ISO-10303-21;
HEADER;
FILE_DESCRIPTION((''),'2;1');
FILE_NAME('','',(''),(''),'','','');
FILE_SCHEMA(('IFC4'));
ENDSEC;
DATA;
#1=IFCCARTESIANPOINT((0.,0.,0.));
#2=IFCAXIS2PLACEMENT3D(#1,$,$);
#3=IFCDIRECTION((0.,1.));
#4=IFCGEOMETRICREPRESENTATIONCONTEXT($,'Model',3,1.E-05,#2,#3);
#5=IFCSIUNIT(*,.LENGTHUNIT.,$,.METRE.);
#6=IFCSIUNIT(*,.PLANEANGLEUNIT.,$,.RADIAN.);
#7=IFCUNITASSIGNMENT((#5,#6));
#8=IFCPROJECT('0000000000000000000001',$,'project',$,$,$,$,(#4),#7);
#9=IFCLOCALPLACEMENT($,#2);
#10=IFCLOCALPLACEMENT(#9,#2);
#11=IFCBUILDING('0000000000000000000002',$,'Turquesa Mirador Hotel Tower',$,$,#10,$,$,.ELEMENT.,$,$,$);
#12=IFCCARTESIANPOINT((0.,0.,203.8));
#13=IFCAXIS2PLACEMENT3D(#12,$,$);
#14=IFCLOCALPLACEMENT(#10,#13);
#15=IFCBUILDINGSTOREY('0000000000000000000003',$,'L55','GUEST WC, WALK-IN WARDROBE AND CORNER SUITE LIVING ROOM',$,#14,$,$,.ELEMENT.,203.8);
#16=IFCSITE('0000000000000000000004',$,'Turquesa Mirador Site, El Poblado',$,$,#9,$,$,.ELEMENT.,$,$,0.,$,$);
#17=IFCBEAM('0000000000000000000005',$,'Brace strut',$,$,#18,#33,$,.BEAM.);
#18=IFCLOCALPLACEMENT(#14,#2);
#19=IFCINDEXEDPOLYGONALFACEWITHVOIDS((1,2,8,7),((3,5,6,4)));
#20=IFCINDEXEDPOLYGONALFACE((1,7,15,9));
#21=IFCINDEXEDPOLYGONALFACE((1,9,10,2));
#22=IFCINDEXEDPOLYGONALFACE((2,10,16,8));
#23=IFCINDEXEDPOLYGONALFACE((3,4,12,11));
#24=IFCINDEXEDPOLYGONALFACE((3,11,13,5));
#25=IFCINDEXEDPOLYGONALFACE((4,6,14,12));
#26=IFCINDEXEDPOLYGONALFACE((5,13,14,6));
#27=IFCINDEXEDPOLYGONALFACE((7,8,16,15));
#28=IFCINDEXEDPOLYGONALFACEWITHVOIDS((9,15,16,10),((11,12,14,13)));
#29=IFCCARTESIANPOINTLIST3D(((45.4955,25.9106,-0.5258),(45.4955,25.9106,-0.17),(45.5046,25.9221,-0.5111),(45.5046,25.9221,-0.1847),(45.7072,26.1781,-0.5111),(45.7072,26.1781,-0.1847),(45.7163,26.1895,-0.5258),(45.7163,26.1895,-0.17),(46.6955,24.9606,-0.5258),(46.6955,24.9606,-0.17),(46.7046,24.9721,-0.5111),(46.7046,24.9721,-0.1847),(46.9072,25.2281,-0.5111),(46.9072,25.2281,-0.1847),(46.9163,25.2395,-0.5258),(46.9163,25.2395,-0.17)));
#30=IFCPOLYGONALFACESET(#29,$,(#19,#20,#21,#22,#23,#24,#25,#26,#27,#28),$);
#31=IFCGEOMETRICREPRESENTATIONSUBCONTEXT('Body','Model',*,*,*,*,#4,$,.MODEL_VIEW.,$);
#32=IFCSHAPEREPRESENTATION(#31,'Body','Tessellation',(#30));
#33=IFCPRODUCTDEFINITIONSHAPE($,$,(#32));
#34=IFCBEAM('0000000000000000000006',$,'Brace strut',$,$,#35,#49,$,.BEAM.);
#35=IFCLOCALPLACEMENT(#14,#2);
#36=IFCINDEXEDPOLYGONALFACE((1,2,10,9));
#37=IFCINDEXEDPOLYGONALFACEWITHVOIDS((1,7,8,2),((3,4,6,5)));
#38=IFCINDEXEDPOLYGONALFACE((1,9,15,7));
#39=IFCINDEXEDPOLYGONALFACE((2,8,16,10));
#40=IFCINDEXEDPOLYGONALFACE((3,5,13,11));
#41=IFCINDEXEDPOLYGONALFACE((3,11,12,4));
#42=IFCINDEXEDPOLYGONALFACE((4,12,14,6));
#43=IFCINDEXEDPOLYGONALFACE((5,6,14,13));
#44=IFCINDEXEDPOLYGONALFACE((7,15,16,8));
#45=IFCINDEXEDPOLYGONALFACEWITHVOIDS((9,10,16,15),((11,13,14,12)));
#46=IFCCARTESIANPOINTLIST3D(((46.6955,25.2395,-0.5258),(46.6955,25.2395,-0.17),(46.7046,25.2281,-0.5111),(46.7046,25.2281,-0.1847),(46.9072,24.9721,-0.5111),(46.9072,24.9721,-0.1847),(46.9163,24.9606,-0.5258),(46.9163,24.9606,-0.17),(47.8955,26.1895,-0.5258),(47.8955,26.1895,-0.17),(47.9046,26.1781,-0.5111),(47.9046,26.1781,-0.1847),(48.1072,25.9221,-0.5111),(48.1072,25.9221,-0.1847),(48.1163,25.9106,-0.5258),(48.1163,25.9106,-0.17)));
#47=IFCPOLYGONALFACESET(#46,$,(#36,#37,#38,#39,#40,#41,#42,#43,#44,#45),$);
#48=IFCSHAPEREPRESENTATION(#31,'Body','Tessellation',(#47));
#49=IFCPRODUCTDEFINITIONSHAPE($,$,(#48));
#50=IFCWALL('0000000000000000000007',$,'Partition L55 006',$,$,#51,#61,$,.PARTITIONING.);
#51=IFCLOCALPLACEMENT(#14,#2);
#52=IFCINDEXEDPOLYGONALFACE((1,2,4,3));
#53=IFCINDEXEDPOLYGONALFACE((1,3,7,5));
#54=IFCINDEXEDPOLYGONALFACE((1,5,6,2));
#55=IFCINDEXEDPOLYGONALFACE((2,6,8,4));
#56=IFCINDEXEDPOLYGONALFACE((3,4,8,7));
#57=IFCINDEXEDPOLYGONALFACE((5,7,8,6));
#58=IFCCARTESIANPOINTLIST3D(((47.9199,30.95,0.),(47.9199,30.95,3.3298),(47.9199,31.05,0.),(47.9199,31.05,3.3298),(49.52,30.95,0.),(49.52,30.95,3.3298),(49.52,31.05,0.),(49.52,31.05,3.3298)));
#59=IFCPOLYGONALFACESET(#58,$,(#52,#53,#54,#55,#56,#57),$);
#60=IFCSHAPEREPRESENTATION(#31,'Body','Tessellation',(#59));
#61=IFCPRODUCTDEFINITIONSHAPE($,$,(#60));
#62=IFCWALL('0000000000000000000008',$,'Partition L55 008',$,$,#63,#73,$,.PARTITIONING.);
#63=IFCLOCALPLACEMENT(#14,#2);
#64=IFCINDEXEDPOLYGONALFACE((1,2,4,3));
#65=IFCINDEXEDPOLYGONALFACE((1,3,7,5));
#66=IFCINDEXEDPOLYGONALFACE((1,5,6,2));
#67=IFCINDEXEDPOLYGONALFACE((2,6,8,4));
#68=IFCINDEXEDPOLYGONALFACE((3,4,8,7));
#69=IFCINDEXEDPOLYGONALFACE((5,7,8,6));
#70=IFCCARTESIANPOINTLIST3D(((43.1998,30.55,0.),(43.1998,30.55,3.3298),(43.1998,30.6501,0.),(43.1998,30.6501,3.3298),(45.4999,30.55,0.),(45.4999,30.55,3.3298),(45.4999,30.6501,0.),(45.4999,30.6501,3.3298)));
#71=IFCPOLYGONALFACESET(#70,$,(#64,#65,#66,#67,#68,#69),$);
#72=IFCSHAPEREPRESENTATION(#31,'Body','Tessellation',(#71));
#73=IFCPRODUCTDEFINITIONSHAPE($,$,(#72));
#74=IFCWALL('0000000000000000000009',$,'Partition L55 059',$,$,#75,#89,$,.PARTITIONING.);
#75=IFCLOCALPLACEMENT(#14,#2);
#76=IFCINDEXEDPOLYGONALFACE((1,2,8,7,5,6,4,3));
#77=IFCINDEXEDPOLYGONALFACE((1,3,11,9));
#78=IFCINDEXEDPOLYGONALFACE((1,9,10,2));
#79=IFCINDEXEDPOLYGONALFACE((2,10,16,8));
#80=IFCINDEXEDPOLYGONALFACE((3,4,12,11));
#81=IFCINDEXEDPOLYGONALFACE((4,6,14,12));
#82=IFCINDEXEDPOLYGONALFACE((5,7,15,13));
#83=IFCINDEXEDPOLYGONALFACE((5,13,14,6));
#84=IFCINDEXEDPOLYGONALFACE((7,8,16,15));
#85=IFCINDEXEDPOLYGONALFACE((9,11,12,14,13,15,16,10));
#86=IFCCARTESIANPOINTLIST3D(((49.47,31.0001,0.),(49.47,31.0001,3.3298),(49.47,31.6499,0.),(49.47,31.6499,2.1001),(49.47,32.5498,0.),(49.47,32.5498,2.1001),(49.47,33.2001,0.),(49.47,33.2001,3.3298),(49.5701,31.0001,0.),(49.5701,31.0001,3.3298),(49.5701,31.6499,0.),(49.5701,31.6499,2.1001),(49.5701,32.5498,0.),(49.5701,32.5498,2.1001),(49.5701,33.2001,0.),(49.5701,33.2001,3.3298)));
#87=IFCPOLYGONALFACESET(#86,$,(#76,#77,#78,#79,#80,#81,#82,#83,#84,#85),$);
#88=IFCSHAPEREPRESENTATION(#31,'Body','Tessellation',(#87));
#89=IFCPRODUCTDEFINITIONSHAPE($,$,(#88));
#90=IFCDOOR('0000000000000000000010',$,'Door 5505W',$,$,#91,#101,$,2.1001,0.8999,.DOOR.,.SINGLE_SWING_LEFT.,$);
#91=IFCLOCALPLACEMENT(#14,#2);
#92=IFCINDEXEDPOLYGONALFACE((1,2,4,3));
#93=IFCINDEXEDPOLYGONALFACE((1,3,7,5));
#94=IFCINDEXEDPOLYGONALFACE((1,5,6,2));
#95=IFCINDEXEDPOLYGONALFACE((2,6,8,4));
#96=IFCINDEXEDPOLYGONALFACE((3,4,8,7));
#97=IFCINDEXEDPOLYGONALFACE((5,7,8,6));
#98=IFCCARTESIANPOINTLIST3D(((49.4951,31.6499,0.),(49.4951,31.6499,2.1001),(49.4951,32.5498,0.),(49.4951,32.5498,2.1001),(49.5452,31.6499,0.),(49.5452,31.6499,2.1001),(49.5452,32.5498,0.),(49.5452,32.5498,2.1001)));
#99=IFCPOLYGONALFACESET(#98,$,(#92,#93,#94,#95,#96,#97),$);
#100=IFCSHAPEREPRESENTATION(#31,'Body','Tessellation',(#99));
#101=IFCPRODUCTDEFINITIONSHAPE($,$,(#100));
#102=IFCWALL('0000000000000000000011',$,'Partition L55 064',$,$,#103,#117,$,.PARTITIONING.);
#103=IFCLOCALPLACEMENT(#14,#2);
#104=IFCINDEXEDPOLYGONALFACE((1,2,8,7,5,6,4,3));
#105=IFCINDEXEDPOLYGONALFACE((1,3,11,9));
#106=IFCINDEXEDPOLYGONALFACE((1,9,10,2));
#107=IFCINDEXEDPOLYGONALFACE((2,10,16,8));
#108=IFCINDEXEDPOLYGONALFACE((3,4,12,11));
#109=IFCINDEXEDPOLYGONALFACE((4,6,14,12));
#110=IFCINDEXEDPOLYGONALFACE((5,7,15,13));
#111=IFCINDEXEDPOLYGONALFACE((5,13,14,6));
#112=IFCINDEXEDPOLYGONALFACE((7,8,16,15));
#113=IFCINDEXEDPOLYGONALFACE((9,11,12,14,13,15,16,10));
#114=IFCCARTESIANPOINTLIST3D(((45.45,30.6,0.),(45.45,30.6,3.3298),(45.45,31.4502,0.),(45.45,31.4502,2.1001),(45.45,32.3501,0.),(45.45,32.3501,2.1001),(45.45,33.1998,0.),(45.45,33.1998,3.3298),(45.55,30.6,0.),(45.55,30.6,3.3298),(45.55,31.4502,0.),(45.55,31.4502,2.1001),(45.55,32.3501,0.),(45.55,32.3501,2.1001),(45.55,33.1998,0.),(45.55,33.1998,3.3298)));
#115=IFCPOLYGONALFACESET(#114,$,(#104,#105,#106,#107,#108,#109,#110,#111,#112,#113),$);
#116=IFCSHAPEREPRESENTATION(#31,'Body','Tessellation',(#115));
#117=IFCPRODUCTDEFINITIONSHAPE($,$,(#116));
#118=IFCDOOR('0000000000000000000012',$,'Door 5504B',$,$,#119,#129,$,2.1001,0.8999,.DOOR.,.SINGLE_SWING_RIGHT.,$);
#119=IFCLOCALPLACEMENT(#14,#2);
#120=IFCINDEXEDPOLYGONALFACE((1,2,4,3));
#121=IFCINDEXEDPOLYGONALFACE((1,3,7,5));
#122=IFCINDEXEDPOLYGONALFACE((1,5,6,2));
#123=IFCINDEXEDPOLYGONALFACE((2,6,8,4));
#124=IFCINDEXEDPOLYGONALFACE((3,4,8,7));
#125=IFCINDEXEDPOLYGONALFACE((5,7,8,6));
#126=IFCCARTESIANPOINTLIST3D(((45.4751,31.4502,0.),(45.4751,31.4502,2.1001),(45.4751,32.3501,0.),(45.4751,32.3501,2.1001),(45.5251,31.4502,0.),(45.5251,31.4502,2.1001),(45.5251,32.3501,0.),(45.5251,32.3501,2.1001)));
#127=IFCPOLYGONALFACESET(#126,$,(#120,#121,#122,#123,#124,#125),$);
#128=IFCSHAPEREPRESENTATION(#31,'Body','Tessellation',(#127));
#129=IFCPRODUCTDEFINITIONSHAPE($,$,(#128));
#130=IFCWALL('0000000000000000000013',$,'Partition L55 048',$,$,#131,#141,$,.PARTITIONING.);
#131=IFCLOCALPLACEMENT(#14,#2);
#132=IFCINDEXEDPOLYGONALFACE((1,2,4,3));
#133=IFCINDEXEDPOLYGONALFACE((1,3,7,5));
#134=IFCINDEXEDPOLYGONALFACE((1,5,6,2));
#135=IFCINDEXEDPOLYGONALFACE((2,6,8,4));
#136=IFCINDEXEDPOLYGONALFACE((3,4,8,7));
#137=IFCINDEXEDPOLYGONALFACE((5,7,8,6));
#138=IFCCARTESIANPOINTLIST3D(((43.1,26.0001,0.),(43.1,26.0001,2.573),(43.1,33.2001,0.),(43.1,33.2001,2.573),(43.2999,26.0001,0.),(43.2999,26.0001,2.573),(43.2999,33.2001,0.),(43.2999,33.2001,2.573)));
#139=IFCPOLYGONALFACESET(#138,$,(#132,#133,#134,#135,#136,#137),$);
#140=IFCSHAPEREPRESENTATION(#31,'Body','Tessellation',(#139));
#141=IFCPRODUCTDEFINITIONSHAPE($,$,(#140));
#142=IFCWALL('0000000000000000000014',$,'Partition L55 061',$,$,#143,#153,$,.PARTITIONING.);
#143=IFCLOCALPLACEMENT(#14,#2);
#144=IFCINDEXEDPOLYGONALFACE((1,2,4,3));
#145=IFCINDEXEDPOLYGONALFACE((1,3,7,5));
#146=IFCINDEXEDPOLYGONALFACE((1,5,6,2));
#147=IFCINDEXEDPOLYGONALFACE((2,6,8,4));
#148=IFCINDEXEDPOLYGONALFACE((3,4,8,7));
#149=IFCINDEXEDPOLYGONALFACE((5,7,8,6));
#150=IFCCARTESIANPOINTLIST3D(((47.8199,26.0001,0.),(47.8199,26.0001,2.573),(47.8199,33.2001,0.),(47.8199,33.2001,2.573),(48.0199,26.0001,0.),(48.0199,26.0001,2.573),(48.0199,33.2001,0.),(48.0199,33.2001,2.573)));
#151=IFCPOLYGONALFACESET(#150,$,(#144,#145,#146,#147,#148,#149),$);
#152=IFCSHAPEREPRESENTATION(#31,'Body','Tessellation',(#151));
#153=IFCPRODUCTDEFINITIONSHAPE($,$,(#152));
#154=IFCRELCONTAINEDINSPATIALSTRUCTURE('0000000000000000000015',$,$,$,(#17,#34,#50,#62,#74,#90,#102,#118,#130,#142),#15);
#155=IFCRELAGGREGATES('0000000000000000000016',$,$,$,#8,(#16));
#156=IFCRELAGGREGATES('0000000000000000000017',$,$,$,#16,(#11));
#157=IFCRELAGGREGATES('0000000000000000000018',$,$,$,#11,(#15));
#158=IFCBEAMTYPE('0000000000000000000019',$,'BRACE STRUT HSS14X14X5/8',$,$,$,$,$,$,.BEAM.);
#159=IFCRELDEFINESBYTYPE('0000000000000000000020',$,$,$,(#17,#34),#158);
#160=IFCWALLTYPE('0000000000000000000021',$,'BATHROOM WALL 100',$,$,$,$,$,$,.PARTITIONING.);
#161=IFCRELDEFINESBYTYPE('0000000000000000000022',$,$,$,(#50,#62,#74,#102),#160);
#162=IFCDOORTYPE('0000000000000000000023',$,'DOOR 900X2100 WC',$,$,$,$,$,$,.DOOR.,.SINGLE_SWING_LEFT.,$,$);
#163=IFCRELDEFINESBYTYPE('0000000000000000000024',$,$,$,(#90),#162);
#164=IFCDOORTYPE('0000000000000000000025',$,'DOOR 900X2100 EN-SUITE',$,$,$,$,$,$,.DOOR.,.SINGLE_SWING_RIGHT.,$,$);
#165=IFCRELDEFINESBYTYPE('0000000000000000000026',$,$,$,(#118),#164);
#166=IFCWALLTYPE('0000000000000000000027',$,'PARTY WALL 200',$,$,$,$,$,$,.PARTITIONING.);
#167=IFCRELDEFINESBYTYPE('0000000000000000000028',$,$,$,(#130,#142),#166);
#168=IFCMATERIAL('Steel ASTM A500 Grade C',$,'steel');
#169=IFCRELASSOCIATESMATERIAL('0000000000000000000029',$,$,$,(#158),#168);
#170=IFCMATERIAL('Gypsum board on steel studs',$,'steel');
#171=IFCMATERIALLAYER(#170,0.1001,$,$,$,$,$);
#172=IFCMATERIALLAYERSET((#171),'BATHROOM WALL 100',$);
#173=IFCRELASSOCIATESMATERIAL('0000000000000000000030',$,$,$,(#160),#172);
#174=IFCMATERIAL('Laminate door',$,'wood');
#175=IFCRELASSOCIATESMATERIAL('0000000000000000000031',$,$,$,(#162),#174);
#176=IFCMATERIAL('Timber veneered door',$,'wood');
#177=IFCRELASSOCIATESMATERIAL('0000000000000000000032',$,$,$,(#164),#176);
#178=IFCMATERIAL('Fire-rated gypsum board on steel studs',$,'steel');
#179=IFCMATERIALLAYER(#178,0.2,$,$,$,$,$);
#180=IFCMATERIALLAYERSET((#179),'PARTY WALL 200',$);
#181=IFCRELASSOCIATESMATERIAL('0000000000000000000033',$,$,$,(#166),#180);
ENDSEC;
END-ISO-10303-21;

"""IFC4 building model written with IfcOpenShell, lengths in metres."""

from ifc_helpers import new_model, si_unit, direction, frame, frame_2d, origin, origin_2d, place, context, subcontext, project, spatial, rectangle, hollow_rectangle, extrude, material, layer, layer_set, material_profile, profile_set, type_object, element, fill, save


model = new_model("IFC4")

# Units and contexts
model_context = context("Model", 3, precision=1e-05, world=origin(), true_north=direction((0.0, 1.0)))
body_context = subcontext(model_context, "Body", "Model", "MODEL_VIEW")
ifc_project = project(units=[si_unit("LENGTHUNIT", "METRE"), si_unit("PLANEANGLEUNIT", "RADIAN")], contexts=[model_context])

# Site, building, storey
site_placement = place(None, origin())
site = spatial("IfcSite", under=ifc_project, at=site_placement, Name="Turquesa Mirador Site, El Poblado", CompositionType="ELEMENT", RefElevation=0.0)
building_placement = place(site_placement, origin())
building = spatial("IfcBuilding", under=site, at=building_placement, Name="Turquesa Mirador Hotel Tower", CompositionType="ELEMENT")
storey_placement = place(building_placement, frame((0.0, 0.0, 203.8)))
storey = spatial("IfcBuildingStorey", under=building, at=storey_placement, Name="L55", Description="GUEST WC, WALK-IN WARDROBE AND CORNER SUITE LIVING ROOM", CompositionType="ELEMENT", Elevation=203.8)

# Beams
ifc_material_1 = material(Name="Steel ASTM A500 Grade C", Category="steel")
ifc_material_profile_1 = material_profile(ifc_material_1, hollow_rectangle(XDim=0.3557, YDim=0.3557, WallThickness=0.0146, at=origin_2d()), Name="HSS14X14X5/8")
ifc_profile_set_1 = profile_set([ifc_material_profile_1], Name="Steel ASTM A500 Grade C")
beam_type_1 = type_object("IfcBeamType", Name="BRACE STRUT HSS14X14X5/8", PredefinedType="BEAM", material=ifc_profile_set_1)
for number, where, z_axis, x_axis, name in (
    (1, (46.8059, 25.1001, -0.3479), (-0.784049, 0.620699, 0.0), (-0.620699, -0.784049, 0.0), "Brace strut"),
    (2, (46.8059, 25.1001, -0.3479), (0.784049, 0.620699, 0.0), (-0.620699, 0.784049, 0.0), "Brace strut"),
):
    element("IfcBeam", number, at=place(storey_placement, frame(where, z_axis=z_axis, x_axis=x_axis)), inside=storey, type_object=beam_type_1, Name=name, PredefinedType="BEAM", context=body_context, shape_type="SweptSolid", body=[
        extrude(hollow_rectangle(XDim=0.3557, YDim=0.3557, WallThickness=0.0146, at=origin_2d()), origin(), (0.0, 0.0, 1.0), 1.5305),
    ])

# Walls
ifc_material_2 = material(Name="Gypsum board on steel studs", Category="steel")
ifc_layer_1 = layer(ifc_material_2, 0.1001)
ifc_layer_set_1 = layer_set([ifc_layer_1], Name="BATHROOM WALL 100")
wall_type_1 = type_object("IfcWallType", Name="BATHROOM WALL 100", PredefinedType="PARTITIONING", material=ifc_layer_set_1)
wall_1_placement = place(storey_placement, frame((47.9199, 31.0, 0.0), z_axis=(0.0, 0.0, 1.0), x_axis=(1.0, 0.0, 0.0)))
element("IfcWall", 3, at=wall_1_placement, inside=storey, type_object=wall_type_1, Name="Partition L55 006", PredefinedType="PARTITIONING", context=body_context, shape_type="SweptSolid", body=[
    extrude(rectangle(XDim=1.6001, YDim=0.1001, at=frame_2d((0.8, 0.0))), origin(), (0.0, 0.0, 1.0), 3.3298),
])
wall_2_placement = place(storey_placement, frame((43.2, 30.6001, 0.0), z_axis=(0.0, 0.0, 1.0), x_axis=(1.0, 0.0, 0.0)))
element("IfcWall", 4, at=wall_2_placement, inside=storey, type_object=wall_type_1, Name="Partition L55 008", PredefinedType="PARTITIONING", context=body_context, shape_type="SweptSolid", body=[
    extrude(rectangle(XDim=2.3, YDim=0.1001, at=frame_2d((1.1499, 0.0))), origin(), (0.0, 0.0, 1.0), 3.3298),
])

# Walls, openings, doors
wall_3_placement = place(storey_placement, frame((49.52, 31.0, 0.0), z_axis=(0.0, 0.0, 1.0), x_axis=(0.0, 1.0, 0.0)))
wall_3 = element("IfcWall", 5, at=wall_3_placement, inside=storey, type_object=wall_type_1, Name="Partition L55 059", PredefinedType="PARTITIONING", context=body_context, shape_type="SweptSolid", body=[
    extrude(rectangle(XDim=2.2, YDim=0.1001, at=frame_2d((1.1001, 0.0))), origin(), (0.0, 0.0, 1.0), 3.3298),
])
opening_1_placement = place(wall_3_placement, frame((0.6499, 0.0, 0.0)))
opening_1 = element("IfcOpeningElement", 6, at=opening_1_placement, cuts=wall_3, PredefinedType="OPENING", context=body_context, shape_type="SweptSolid", body=[
    extrude(rectangle(XDim=0.8999, YDim=2.1001, at=frame_2d((0.45, 1.05))), frame((0.0, 0.0601, 0.0), z_axis=(0.0, -1.0, 0.0), x_axis=(1.0, 0.0, 0.0)), (0.0, 0.0, 1.0), 0.1201),
])
ifc_material_3 = material(Name="Laminate door", Category="wood")
door_type_1 = type_object("IfcDoorType", Name="DOOR 900X2100 WC", OperationType="SINGLE_SWING_LEFT", PredefinedType="DOOR", material=ifc_material_3)
door_1_placement = place(opening_1_placement, origin())
door_1 = element("IfcDoor", 7, at=door_1_placement, inside=storey, type_object=door_type_1, Name="Door 5505W", OperationType="SINGLE_SWING_LEFT", OverallHeight=2.1001, OverallWidth=0.8999, PredefinedType="DOOR", context=body_context, shape_type="SweptSolid", body=[
    extrude(rectangle(XDim=0.8999, YDim=2.1001, at=frame_2d((0.45, 1.05))), frame((0.0, 0.0249, 0.0), z_axis=(0.0, -1.0, 0.0), x_axis=(1.0, 0.0, 0.0)), (0.0, 0.0, 1.0), 0.05),
])
fill(opening_1, door_1)
wall_4_placement = place(storey_placement, frame((45.5, 30.6001, 0.0), z_axis=(0.0, 0.0, 1.0), x_axis=(0.0, 1.0, 0.0)))
wall_4 = element("IfcWall", 8, at=wall_4_placement, inside=storey, type_object=wall_type_1, Name="Partition L55 064", PredefinedType="PARTITIONING", context=body_context, shape_type="SweptSolid", body=[
    extrude(rectangle(XDim=2.5999, YDim=0.1001, at=frame_2d((1.2998, 0.0))), origin(), (0.0, 0.0, 1.0), 3.3298),
])
opening_2_placement = place(wall_4_placement, frame((0.8501, 0.0, 0.0)))
opening_2 = element("IfcOpeningElement", 9, at=opening_2_placement, cuts=wall_4, PredefinedType="OPENING", context=body_context, shape_type="SweptSolid", body=[
    extrude(rectangle(XDim=0.8999, YDim=2.1001, at=frame_2d((0.45, 1.05))), frame((0.0, 0.0601, 0.0), z_axis=(0.0, -1.0, 0.0), x_axis=(1.0, 0.0, 0.0)), (0.0, 0.0, 1.0), 0.1201),
])
ifc_material_4 = material(Name="Timber veneered door", Category="wood")
door_type_2 = type_object("IfcDoorType", Name="DOOR 900X2100 EN-SUITE", OperationType="SINGLE_SWING_RIGHT", PredefinedType="DOOR", material=ifc_material_4)
door_2_placement = place(opening_2_placement, origin())
door_2 = element("IfcDoor", 10, at=door_2_placement, inside=storey, type_object=door_type_2, Name="Door 5504B", OperationType="SINGLE_SWING_RIGHT", OverallHeight=2.1001, OverallWidth=0.8999, PredefinedType="DOOR", context=body_context, shape_type="SweptSolid", body=[
    extrude(rectangle(XDim=0.8999, YDim=2.1001, at=frame_2d((0.45, 1.05))), frame((0.0, 0.0249, 0.0), z_axis=(0.0, -1.0, 0.0), x_axis=(1.0, 0.0, 0.0)), (0.0, 0.0, 1.0), 0.05),
])
fill(opening_2, door_2)

# Walls
ifc_material_5 = material(Name="Fire-rated gypsum board on steel studs", Category="steel")
ifc_layer_2 = layer(ifc_material_5, 0.2)
ifc_layer_set_2 = layer_set([ifc_layer_2], Name="PARTY WALL 200")
wall_type_2 = type_object("IfcWallType", Name="PARTY WALL 200", PredefinedType="PARTITIONING", material=ifc_layer_set_2)
for number, where, z_axis, x_axis, name in (
    (11, (43.2, 26.0, 0.0), (0.0, 0.0, 1.0), (0.0, 1.0, 0.0), "Partition L55 048"),
    (12, (47.9199, 26.0, 0.0), (0.0, 0.0, 1.0), (0.0, 1.0, 0.0), "Partition L55 061"),
):
    element("IfcWall", number, at=place(storey_placement, frame(where, z_axis=z_axis, x_axis=x_axis)), inside=storey, type_object=wall_type_2, Name=name, PredefinedType="PARTITIONING", context=body_context, shape_type="SweptSolid", body=[
        extrude(rectangle(XDim=7.2, YDim=0.2, at=frame_2d((3.6001, 0.0))), origin(), (0.0, 0.0, 1.0), 2.573),
    ])

save(model, "model.ifc")
